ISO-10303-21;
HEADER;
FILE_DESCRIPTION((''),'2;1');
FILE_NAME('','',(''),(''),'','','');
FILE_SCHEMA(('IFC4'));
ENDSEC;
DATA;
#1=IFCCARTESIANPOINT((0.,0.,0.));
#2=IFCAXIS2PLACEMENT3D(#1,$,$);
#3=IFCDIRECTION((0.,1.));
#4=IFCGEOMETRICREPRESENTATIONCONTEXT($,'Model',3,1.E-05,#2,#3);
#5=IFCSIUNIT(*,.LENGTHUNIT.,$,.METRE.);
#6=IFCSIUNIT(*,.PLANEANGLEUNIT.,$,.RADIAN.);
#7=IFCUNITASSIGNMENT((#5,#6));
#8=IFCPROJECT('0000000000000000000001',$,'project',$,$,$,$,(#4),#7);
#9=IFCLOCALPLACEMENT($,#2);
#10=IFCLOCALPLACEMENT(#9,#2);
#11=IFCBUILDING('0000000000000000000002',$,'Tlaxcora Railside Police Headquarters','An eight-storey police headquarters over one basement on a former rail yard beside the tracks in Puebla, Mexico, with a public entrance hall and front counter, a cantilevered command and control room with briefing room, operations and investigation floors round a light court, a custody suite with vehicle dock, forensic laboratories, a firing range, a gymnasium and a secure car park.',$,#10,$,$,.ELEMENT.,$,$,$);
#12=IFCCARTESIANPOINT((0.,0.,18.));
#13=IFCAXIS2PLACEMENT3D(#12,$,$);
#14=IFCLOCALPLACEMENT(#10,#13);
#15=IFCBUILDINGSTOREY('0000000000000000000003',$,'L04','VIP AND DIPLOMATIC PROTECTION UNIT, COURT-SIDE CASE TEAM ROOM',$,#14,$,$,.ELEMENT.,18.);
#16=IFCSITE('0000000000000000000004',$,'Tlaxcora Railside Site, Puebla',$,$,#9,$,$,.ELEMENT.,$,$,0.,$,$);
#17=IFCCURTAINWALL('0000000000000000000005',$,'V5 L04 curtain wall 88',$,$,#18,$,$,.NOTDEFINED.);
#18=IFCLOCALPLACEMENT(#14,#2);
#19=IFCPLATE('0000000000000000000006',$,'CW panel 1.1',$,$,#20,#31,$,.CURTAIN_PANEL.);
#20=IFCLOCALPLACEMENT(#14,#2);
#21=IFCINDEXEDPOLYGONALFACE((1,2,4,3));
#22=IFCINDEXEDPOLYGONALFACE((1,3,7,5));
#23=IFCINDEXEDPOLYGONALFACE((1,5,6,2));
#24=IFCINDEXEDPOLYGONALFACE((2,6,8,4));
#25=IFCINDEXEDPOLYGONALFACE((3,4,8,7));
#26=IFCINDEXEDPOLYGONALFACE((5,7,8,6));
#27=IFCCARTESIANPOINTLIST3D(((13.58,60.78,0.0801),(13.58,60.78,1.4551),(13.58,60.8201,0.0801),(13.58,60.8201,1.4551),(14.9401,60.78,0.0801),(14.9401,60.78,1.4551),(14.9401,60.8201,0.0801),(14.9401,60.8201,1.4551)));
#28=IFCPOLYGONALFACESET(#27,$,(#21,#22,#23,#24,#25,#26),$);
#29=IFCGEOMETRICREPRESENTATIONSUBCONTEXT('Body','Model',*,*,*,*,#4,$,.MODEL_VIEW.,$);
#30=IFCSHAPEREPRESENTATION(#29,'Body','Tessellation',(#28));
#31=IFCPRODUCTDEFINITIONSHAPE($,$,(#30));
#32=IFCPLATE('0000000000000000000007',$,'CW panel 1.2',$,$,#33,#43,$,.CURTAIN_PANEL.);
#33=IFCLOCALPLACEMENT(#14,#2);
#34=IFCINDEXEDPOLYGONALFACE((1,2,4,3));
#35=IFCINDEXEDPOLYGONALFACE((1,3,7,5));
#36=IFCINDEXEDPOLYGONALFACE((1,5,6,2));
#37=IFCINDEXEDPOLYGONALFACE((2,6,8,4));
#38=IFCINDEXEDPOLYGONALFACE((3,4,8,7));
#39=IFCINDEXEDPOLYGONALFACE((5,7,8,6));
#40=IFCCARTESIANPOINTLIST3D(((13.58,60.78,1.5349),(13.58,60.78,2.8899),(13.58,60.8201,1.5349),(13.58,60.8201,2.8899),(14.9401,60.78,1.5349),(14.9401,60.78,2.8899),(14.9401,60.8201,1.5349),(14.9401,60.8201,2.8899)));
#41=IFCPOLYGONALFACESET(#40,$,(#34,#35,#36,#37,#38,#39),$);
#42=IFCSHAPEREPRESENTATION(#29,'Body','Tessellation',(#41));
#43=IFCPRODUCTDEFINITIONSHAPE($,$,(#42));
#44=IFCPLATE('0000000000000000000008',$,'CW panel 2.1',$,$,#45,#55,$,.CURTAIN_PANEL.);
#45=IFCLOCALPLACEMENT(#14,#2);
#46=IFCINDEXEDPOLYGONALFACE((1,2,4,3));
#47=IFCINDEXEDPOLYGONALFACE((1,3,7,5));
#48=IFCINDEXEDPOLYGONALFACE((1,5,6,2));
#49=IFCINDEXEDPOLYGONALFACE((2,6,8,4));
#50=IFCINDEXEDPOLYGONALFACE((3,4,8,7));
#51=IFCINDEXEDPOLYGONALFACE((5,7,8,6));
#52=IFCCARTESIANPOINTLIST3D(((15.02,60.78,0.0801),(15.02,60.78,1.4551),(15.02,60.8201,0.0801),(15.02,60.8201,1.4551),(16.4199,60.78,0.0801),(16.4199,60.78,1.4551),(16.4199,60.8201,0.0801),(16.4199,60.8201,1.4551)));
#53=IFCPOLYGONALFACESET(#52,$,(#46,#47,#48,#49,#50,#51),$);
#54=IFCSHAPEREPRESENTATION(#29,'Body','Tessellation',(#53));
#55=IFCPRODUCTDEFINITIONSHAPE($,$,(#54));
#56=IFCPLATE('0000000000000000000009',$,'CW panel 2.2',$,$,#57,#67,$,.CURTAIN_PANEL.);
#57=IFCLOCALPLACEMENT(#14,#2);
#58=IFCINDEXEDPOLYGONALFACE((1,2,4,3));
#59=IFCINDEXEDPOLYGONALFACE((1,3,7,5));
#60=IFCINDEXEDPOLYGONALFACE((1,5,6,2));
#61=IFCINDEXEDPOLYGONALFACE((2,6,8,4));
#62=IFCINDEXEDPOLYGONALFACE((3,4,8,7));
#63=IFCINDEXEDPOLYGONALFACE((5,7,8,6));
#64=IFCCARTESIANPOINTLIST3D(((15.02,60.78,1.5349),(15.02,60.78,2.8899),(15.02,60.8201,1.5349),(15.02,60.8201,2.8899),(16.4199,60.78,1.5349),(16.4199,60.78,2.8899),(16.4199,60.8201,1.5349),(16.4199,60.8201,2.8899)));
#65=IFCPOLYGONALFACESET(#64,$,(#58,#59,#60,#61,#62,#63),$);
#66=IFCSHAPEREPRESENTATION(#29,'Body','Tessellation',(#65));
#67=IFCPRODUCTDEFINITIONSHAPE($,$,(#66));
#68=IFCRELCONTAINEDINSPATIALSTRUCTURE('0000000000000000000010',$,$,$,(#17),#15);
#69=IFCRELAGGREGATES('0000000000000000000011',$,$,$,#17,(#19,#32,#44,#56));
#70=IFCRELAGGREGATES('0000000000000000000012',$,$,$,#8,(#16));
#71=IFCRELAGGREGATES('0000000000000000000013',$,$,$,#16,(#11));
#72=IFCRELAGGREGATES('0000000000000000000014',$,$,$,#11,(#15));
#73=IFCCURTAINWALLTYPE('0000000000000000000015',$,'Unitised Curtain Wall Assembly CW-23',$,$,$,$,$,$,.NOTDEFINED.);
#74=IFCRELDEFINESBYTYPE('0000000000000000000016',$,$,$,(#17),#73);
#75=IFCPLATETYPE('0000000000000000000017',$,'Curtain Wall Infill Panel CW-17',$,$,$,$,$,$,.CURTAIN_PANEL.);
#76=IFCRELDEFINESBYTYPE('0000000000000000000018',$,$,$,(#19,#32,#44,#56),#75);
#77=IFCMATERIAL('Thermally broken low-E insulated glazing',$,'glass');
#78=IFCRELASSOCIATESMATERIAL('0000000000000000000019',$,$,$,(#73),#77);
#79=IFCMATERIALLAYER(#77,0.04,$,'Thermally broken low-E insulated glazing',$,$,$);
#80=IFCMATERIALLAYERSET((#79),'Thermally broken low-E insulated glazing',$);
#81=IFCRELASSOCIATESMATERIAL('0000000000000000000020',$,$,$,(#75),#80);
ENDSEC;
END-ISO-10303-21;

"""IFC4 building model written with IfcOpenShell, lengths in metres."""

from ifc_helpers import new_model, si_unit, direction, frame, origin, origin_2d, place, context, subcontext, project, spatial, rectangle, extrude, material, layer, layer_set, type_object, element, aggregate, save


model = new_model("IFC4")

# Units and contexts
model_context = context("Model", 3, precision=1e-05, world=origin(), true_north=direction((0.0, 1.0)))
body_context = subcontext(model_context, "Body", "Model", "MODEL_VIEW")
ifc_project = project(units=[si_unit("LENGTHUNIT", "METRE"), si_unit("PLANEANGLEUNIT", "RADIAN")], contexts=[model_context])

# Site, building, storey
site_placement = place(None, origin())
site = spatial("IfcSite", under=ifc_project, at=site_placement, Name="Tlaxcora Railside Site, Puebla", CompositionType="ELEMENT", RefElevation=0.0)
building_placement = place(site_placement, origin())
building = spatial("IfcBuilding", under=site, at=building_placement, Name="Tlaxcora Railside Police Headquarters", Description="An eight-storey police headquarters over one basement on a former rail yard beside the tracks in Puebla, Mexico, with a public entrance hall and front counter, a cantilevered command and control room with briefing room, operations and investigation floors round a light court, a custody suite with vehicle dock, forensic laboratories, a firing range, a gymnasium and a secure car park.", CompositionType="ELEMENT")
storey_placement = place(building_placement, frame((0.0, 0.0, 18.0)))
storey = spatial("IfcBuildingStorey", under=building, at=storey_placement, Name="L04", Description="VIP AND DIPLOMATIC PROTECTION UNIT, COURT-SIDE CASE TEAM ROOM", CompositionType="ELEMENT", Elevation=18.0)

# Curtain wall
ifc_material_1 = material(Name="Thermally broken low-E insulated glazing", Category="glass")
curtain_wall_type = type_object("IfcCurtainWallType", Name="Unitised Curtain Wall Assembly CW-23", PredefinedType="NOTDEFINED", material=ifc_material_1)
curtain_wall_placement = place(storey_placement, origin())
curtain_wall = element("IfcCurtainWall", 1, at=curtain_wall_placement, inside=storey, type_object=curtain_wall_type, Name="V5 L04 curtain wall 88", PredefinedType="NOTDEFINED")

# Plates
ifc_layer_1 = layer(ifc_material_1, 0.04, Name="Thermally broken low-E insulated glazing")
ifc_layer_set_1 = layer_set([ifc_layer_1], Name="Thermally broken low-E insulated glazing")
plate_type = type_object("IfcPlateType", Name="Curtain Wall Infill Panel CW-17", PredefinedType="CURTAIN_PANEL", material=ifc_layer_set_1)
plate_1_placement = place(storey_placement, frame((14.26, 60.8, 0.0801), z_axis=(0.0, 0.0, 1.0), x_axis=(1.0, 0.0, 0.0)))
plate_1 = element("IfcPlate", 2, at=plate_1_placement, type_object=plate_type, Name="CW panel 1.1", PredefinedType="CURTAIN_PANEL", context=body_context, shape_type="SweptSolid", body=[
    extrude(rectangle(XDim=1.3601, YDim=0.04, at=origin_2d()), origin(), (0.0, 0.0, 1.0), 1.375),
])
plate_2_placement = place(storey_placement, frame((14.26, 60.8, 1.5349), z_axis=(0.0, 0.0, 1.0), x_axis=(1.0, 0.0, 0.0)))
plate_2 = element("IfcPlate", 3, at=plate_2_placement, type_object=plate_type, Name="CW panel 1.2", PredefinedType="CURTAIN_PANEL", context=body_context, shape_type="SweptSolid", body=[
    extrude(rectangle(XDim=1.3601, YDim=0.04, at=origin_2d()), origin(), (0.0, 0.0, 1.0), 1.355),
])
plate_3_placement = place(storey_placement, frame((15.72, 60.8, 0.0801), z_axis=(0.0, 0.0, 1.0), x_axis=(1.0, 0.0, 0.0)))
plate_3 = element("IfcPlate", 4, at=plate_3_placement, type_object=plate_type, Name="CW panel 2.1", PredefinedType="CURTAIN_PANEL", context=body_context, shape_type="SweptSolid", body=[
    extrude(rectangle(XDim=1.3999, YDim=0.04, at=origin_2d()), origin(), (0.0, 0.0, 1.0), 1.375),
])
plate_4_placement = place(storey_placement, frame((15.72, 60.8, 1.5349), z_axis=(0.0, 0.0, 1.0), x_axis=(1.0, 0.0, 0.0)))
plate_4 = element("IfcPlate", 5, at=plate_4_placement, type_object=plate_type, Name="CW panel 2.2", PredefinedType="CURTAIN_PANEL", context=body_context, shape_type="SweptSolid", body=[
    extrude(rectangle(XDim=1.3999, YDim=0.04, at=origin_2d()), origin(), (0.0, 0.0, 1.0), 1.355),
])
aggregate(curtain_wall, [plate_1, plate_2, plate_3, plate_4])

save(model, "model.ifc")
